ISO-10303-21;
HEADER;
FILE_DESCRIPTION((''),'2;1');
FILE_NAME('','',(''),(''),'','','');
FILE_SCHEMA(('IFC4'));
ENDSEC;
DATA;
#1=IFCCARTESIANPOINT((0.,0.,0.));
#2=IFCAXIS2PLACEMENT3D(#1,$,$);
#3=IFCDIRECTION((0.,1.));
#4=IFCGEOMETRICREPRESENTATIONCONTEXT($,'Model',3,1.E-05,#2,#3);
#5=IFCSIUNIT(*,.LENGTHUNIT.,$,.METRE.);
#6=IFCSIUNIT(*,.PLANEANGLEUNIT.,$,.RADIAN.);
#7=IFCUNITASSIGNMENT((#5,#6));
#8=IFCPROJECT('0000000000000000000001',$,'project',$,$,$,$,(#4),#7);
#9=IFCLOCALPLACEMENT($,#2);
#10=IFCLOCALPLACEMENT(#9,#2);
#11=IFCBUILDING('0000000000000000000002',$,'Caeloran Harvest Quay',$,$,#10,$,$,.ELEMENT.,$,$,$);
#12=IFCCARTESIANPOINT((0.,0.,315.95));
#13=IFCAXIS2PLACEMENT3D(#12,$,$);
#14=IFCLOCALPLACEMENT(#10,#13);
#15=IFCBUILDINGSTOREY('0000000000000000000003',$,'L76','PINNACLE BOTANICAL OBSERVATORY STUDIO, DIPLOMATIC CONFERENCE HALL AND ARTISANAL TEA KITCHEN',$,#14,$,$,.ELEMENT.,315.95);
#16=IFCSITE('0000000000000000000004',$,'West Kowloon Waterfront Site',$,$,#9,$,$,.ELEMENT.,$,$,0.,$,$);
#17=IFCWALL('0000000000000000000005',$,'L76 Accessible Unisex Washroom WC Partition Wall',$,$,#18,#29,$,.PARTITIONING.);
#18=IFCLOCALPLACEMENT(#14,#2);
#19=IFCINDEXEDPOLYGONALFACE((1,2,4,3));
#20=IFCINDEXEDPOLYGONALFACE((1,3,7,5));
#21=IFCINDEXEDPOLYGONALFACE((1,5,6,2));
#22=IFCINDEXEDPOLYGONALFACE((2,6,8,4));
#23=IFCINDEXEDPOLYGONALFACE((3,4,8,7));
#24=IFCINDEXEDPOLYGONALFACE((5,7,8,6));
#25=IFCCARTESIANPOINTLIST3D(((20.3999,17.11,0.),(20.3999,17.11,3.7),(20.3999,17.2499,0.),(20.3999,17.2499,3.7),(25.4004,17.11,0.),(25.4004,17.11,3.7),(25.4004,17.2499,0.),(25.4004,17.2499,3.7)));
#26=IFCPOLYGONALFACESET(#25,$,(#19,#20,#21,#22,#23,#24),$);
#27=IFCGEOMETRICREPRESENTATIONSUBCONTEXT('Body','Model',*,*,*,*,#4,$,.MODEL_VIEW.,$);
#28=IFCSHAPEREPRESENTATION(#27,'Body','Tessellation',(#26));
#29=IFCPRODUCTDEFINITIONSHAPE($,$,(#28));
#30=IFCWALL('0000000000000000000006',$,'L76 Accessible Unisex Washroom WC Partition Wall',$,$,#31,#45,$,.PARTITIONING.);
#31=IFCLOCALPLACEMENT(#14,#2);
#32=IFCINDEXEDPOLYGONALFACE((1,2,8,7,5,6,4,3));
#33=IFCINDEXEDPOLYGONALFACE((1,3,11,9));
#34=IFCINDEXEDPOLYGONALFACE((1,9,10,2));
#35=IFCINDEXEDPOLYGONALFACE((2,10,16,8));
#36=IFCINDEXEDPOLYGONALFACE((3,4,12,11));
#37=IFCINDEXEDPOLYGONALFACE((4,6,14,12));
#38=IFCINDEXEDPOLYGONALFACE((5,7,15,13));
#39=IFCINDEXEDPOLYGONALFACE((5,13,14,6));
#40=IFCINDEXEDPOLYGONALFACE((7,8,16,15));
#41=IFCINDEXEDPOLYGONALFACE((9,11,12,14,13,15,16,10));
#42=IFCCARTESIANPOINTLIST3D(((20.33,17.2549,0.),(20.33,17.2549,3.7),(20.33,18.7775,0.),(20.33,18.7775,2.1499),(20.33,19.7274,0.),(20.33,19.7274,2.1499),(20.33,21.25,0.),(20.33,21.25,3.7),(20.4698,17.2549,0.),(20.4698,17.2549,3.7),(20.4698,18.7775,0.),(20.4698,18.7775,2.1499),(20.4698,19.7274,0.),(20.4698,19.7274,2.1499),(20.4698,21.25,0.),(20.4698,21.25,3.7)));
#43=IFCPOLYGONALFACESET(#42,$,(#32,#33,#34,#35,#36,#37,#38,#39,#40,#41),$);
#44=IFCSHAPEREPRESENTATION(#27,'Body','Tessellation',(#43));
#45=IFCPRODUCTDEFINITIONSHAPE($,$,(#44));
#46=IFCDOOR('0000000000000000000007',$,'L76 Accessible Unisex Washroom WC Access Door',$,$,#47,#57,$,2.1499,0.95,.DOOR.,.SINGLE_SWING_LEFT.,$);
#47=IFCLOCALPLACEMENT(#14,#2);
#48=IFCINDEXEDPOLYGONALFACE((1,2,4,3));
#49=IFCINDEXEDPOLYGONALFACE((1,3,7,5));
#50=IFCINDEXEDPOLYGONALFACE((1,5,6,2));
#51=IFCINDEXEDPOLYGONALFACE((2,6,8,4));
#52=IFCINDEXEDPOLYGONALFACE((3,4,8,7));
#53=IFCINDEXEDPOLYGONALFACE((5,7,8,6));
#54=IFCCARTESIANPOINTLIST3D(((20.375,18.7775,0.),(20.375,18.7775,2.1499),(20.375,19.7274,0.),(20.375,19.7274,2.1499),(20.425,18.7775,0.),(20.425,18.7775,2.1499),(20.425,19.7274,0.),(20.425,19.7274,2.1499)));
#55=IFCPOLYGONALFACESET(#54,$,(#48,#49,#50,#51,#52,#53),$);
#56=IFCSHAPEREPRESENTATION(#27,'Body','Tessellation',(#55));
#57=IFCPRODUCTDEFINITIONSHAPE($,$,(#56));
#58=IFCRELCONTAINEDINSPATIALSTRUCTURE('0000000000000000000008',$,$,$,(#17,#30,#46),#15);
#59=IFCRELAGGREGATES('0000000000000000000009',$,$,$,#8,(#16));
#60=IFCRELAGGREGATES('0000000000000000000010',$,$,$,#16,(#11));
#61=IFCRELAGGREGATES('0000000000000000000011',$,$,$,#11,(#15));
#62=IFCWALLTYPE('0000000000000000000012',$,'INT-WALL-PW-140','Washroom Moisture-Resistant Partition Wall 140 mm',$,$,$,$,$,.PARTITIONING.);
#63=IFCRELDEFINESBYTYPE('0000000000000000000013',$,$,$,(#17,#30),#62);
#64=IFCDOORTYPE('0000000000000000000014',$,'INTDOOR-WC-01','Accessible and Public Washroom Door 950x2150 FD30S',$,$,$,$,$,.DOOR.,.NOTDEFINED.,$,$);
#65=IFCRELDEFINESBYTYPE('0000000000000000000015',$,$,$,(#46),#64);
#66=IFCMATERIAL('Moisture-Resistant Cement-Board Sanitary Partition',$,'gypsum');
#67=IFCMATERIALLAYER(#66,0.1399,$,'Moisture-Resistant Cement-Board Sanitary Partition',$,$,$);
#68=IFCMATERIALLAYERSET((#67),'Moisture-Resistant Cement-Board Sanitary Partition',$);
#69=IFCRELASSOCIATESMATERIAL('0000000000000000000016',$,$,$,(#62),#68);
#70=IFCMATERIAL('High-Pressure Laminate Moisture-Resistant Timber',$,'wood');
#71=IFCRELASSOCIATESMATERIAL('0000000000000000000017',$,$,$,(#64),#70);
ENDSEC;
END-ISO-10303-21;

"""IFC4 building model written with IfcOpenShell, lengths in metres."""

from ifc_helpers import new_model, si_unit, direction, frame, frame_2d, origin, place, context, subcontext, project, spatial, rectangle, extrude, material, layer, layer_set, type_object, element, fill, save


model = new_model("IFC4")

# Units and contexts
model_context = context("Model", 3, precision=1e-05, world=origin(), true_north=direction((0.0, 1.0)))
body_context = subcontext(model_context, "Body", "Model", "MODEL_VIEW")
ifc_project = project(units=[si_unit("LENGTHUNIT", "METRE"), si_unit("PLANEANGLEUNIT", "RADIAN")], contexts=[model_context])

# Site, building, storey
site_placement = place(None, origin())
site = spatial("IfcSite", under=ifc_project, at=site_placement, Name="West Kowloon Waterfront Site", CompositionType="ELEMENT", RefElevation=0.0)
building_placement = place(site_placement, origin())
building = spatial("IfcBuilding", under=site, at=building_placement, Name="Caeloran Harvest Quay", CompositionType="ELEMENT")
storey_placement = place(building_placement, frame((0.0, 0.0, 315.95)))
storey = spatial("IfcBuildingStorey", under=building, at=storey_placement, Name="L76", Description="PINNACLE BOTANICAL OBSERVATORY STUDIO, DIPLOMATIC CONFERENCE HALL AND ARTISANAL TEA KITCHEN", CompositionType="ELEMENT", Elevation=315.95)

# Shared definitions
ifc_material_1 = material(Name="Moisture-Resistant Cement-Board Sanitary Partition", Category="gypsum")
ifc_layer_1 = layer(ifc_material_1, 0.1399, Name="Moisture-Resistant Cement-Board Sanitary Partition")
ifc_layer_set_1 = layer_set([ifc_layer_1], Name="Moisture-Resistant Cement-Board Sanitary Partition")
wall_type_1 = type_object("IfcWallType", Name="INT-WALL-PW-140", Description="Washroom Moisture-Resistant Partition Wall 140 mm", PredefinedType="PARTITIONING", material=ifc_layer_set_1)

# Shared definitions
ifc_material_2 = material(Name="High-Pressure Laminate Moisture-Resistant Timber", Category="wood")
door_type_1 = type_object("IfcDoorType", Name="INTDOOR-WC-01", Description="Accessible and Public Washroom Door 950x2150 FD30S", OperationType="NOTDEFINED", PredefinedType="DOOR", material=ifc_material_2)

# Wall
wall_1_placement = place(storey_placement, frame((25.4004, 17.1799, 0.0), z_axis=(0.0, 0.0, 1.0), x_axis=(-1.0, 0.0, 0.0)))
element("IfcWall", 1, at=wall_1_placement, inside=storey, type_object=wall_type_1, Name="L76 Accessible Unisex Washroom WC Partition Wall", PredefinedType="PARTITIONING", context=body_context, shape_type="SweptSolid", body=[
    extrude(rectangle(XDim=5.0005, YDim=0.1399, at=frame_2d((2.5002, 0.0))), origin(), (0.0, 0.0, 1.0), 3.7),
])

# Wall, opening, door
wall_2_placement = place(storey_placement, frame((20.3999, 17.2549, 0.0), z_axis=(0.0, 0.0, 1.0), x_axis=(0.0, 1.0, 0.0)))
wall_2 = element("IfcWall", 2, at=wall_2_placement, inside=storey, type_object=wall_type_1, Name="L76 Accessible Unisex Washroom WC Partition Wall", PredefinedType="PARTITIONING", context=body_context, shape_type="SweptSolid", body=[
    extrude(rectangle(XDim=3.9951, YDim=0.1399, at=frame_2d((1.9976, 0.0))), origin(), (0.0, 0.0, 1.0), 3.7),
])
opening_1_placement = place(wall_2_placement, frame((1.5225, 0.0, 0.0)))
opening_1 = element("IfcOpeningElement", 3, at=opening_1_placement, cuts=wall_2, PredefinedType="OPENING", context=body_context, shape_type="SweptSolid", body=[
    extrude(rectangle(XDim=0.95, YDim=2.1499, at=frame_2d((0.4751, 1.075))), frame((0.0, 0.0801, 0.0), z_axis=(0.0, -1.0, 0.0), x_axis=(1.0, 0.0, 0.0)), (0.0, 0.0, 1.0), 0.1599),
])
door_1_placement = place(opening_1_placement, origin())
door_1 = element("IfcDoor", 4, at=door_1_placement, inside=storey, type_object=door_type_1, Name="L76 Accessible Unisex Washroom WC Access Door", OperationType="SINGLE_SWING_LEFT", OverallHeight=2.1499, OverallWidth=0.95, PredefinedType="DOOR", context=body_context, shape_type="SweptSolid", body=[
    extrude(rectangle(XDim=0.95, YDim=2.1499, at=frame_2d((0.4751, 1.075))), frame((0.0, 0.0249, 0.0), z_axis=(0.0, -1.0, 0.0), x_axis=(1.0, 0.0, 0.0)), (0.0, 0.0, 1.0), 0.05),
])
fill(opening_1, door_1)

save(model, "model.ifc")
